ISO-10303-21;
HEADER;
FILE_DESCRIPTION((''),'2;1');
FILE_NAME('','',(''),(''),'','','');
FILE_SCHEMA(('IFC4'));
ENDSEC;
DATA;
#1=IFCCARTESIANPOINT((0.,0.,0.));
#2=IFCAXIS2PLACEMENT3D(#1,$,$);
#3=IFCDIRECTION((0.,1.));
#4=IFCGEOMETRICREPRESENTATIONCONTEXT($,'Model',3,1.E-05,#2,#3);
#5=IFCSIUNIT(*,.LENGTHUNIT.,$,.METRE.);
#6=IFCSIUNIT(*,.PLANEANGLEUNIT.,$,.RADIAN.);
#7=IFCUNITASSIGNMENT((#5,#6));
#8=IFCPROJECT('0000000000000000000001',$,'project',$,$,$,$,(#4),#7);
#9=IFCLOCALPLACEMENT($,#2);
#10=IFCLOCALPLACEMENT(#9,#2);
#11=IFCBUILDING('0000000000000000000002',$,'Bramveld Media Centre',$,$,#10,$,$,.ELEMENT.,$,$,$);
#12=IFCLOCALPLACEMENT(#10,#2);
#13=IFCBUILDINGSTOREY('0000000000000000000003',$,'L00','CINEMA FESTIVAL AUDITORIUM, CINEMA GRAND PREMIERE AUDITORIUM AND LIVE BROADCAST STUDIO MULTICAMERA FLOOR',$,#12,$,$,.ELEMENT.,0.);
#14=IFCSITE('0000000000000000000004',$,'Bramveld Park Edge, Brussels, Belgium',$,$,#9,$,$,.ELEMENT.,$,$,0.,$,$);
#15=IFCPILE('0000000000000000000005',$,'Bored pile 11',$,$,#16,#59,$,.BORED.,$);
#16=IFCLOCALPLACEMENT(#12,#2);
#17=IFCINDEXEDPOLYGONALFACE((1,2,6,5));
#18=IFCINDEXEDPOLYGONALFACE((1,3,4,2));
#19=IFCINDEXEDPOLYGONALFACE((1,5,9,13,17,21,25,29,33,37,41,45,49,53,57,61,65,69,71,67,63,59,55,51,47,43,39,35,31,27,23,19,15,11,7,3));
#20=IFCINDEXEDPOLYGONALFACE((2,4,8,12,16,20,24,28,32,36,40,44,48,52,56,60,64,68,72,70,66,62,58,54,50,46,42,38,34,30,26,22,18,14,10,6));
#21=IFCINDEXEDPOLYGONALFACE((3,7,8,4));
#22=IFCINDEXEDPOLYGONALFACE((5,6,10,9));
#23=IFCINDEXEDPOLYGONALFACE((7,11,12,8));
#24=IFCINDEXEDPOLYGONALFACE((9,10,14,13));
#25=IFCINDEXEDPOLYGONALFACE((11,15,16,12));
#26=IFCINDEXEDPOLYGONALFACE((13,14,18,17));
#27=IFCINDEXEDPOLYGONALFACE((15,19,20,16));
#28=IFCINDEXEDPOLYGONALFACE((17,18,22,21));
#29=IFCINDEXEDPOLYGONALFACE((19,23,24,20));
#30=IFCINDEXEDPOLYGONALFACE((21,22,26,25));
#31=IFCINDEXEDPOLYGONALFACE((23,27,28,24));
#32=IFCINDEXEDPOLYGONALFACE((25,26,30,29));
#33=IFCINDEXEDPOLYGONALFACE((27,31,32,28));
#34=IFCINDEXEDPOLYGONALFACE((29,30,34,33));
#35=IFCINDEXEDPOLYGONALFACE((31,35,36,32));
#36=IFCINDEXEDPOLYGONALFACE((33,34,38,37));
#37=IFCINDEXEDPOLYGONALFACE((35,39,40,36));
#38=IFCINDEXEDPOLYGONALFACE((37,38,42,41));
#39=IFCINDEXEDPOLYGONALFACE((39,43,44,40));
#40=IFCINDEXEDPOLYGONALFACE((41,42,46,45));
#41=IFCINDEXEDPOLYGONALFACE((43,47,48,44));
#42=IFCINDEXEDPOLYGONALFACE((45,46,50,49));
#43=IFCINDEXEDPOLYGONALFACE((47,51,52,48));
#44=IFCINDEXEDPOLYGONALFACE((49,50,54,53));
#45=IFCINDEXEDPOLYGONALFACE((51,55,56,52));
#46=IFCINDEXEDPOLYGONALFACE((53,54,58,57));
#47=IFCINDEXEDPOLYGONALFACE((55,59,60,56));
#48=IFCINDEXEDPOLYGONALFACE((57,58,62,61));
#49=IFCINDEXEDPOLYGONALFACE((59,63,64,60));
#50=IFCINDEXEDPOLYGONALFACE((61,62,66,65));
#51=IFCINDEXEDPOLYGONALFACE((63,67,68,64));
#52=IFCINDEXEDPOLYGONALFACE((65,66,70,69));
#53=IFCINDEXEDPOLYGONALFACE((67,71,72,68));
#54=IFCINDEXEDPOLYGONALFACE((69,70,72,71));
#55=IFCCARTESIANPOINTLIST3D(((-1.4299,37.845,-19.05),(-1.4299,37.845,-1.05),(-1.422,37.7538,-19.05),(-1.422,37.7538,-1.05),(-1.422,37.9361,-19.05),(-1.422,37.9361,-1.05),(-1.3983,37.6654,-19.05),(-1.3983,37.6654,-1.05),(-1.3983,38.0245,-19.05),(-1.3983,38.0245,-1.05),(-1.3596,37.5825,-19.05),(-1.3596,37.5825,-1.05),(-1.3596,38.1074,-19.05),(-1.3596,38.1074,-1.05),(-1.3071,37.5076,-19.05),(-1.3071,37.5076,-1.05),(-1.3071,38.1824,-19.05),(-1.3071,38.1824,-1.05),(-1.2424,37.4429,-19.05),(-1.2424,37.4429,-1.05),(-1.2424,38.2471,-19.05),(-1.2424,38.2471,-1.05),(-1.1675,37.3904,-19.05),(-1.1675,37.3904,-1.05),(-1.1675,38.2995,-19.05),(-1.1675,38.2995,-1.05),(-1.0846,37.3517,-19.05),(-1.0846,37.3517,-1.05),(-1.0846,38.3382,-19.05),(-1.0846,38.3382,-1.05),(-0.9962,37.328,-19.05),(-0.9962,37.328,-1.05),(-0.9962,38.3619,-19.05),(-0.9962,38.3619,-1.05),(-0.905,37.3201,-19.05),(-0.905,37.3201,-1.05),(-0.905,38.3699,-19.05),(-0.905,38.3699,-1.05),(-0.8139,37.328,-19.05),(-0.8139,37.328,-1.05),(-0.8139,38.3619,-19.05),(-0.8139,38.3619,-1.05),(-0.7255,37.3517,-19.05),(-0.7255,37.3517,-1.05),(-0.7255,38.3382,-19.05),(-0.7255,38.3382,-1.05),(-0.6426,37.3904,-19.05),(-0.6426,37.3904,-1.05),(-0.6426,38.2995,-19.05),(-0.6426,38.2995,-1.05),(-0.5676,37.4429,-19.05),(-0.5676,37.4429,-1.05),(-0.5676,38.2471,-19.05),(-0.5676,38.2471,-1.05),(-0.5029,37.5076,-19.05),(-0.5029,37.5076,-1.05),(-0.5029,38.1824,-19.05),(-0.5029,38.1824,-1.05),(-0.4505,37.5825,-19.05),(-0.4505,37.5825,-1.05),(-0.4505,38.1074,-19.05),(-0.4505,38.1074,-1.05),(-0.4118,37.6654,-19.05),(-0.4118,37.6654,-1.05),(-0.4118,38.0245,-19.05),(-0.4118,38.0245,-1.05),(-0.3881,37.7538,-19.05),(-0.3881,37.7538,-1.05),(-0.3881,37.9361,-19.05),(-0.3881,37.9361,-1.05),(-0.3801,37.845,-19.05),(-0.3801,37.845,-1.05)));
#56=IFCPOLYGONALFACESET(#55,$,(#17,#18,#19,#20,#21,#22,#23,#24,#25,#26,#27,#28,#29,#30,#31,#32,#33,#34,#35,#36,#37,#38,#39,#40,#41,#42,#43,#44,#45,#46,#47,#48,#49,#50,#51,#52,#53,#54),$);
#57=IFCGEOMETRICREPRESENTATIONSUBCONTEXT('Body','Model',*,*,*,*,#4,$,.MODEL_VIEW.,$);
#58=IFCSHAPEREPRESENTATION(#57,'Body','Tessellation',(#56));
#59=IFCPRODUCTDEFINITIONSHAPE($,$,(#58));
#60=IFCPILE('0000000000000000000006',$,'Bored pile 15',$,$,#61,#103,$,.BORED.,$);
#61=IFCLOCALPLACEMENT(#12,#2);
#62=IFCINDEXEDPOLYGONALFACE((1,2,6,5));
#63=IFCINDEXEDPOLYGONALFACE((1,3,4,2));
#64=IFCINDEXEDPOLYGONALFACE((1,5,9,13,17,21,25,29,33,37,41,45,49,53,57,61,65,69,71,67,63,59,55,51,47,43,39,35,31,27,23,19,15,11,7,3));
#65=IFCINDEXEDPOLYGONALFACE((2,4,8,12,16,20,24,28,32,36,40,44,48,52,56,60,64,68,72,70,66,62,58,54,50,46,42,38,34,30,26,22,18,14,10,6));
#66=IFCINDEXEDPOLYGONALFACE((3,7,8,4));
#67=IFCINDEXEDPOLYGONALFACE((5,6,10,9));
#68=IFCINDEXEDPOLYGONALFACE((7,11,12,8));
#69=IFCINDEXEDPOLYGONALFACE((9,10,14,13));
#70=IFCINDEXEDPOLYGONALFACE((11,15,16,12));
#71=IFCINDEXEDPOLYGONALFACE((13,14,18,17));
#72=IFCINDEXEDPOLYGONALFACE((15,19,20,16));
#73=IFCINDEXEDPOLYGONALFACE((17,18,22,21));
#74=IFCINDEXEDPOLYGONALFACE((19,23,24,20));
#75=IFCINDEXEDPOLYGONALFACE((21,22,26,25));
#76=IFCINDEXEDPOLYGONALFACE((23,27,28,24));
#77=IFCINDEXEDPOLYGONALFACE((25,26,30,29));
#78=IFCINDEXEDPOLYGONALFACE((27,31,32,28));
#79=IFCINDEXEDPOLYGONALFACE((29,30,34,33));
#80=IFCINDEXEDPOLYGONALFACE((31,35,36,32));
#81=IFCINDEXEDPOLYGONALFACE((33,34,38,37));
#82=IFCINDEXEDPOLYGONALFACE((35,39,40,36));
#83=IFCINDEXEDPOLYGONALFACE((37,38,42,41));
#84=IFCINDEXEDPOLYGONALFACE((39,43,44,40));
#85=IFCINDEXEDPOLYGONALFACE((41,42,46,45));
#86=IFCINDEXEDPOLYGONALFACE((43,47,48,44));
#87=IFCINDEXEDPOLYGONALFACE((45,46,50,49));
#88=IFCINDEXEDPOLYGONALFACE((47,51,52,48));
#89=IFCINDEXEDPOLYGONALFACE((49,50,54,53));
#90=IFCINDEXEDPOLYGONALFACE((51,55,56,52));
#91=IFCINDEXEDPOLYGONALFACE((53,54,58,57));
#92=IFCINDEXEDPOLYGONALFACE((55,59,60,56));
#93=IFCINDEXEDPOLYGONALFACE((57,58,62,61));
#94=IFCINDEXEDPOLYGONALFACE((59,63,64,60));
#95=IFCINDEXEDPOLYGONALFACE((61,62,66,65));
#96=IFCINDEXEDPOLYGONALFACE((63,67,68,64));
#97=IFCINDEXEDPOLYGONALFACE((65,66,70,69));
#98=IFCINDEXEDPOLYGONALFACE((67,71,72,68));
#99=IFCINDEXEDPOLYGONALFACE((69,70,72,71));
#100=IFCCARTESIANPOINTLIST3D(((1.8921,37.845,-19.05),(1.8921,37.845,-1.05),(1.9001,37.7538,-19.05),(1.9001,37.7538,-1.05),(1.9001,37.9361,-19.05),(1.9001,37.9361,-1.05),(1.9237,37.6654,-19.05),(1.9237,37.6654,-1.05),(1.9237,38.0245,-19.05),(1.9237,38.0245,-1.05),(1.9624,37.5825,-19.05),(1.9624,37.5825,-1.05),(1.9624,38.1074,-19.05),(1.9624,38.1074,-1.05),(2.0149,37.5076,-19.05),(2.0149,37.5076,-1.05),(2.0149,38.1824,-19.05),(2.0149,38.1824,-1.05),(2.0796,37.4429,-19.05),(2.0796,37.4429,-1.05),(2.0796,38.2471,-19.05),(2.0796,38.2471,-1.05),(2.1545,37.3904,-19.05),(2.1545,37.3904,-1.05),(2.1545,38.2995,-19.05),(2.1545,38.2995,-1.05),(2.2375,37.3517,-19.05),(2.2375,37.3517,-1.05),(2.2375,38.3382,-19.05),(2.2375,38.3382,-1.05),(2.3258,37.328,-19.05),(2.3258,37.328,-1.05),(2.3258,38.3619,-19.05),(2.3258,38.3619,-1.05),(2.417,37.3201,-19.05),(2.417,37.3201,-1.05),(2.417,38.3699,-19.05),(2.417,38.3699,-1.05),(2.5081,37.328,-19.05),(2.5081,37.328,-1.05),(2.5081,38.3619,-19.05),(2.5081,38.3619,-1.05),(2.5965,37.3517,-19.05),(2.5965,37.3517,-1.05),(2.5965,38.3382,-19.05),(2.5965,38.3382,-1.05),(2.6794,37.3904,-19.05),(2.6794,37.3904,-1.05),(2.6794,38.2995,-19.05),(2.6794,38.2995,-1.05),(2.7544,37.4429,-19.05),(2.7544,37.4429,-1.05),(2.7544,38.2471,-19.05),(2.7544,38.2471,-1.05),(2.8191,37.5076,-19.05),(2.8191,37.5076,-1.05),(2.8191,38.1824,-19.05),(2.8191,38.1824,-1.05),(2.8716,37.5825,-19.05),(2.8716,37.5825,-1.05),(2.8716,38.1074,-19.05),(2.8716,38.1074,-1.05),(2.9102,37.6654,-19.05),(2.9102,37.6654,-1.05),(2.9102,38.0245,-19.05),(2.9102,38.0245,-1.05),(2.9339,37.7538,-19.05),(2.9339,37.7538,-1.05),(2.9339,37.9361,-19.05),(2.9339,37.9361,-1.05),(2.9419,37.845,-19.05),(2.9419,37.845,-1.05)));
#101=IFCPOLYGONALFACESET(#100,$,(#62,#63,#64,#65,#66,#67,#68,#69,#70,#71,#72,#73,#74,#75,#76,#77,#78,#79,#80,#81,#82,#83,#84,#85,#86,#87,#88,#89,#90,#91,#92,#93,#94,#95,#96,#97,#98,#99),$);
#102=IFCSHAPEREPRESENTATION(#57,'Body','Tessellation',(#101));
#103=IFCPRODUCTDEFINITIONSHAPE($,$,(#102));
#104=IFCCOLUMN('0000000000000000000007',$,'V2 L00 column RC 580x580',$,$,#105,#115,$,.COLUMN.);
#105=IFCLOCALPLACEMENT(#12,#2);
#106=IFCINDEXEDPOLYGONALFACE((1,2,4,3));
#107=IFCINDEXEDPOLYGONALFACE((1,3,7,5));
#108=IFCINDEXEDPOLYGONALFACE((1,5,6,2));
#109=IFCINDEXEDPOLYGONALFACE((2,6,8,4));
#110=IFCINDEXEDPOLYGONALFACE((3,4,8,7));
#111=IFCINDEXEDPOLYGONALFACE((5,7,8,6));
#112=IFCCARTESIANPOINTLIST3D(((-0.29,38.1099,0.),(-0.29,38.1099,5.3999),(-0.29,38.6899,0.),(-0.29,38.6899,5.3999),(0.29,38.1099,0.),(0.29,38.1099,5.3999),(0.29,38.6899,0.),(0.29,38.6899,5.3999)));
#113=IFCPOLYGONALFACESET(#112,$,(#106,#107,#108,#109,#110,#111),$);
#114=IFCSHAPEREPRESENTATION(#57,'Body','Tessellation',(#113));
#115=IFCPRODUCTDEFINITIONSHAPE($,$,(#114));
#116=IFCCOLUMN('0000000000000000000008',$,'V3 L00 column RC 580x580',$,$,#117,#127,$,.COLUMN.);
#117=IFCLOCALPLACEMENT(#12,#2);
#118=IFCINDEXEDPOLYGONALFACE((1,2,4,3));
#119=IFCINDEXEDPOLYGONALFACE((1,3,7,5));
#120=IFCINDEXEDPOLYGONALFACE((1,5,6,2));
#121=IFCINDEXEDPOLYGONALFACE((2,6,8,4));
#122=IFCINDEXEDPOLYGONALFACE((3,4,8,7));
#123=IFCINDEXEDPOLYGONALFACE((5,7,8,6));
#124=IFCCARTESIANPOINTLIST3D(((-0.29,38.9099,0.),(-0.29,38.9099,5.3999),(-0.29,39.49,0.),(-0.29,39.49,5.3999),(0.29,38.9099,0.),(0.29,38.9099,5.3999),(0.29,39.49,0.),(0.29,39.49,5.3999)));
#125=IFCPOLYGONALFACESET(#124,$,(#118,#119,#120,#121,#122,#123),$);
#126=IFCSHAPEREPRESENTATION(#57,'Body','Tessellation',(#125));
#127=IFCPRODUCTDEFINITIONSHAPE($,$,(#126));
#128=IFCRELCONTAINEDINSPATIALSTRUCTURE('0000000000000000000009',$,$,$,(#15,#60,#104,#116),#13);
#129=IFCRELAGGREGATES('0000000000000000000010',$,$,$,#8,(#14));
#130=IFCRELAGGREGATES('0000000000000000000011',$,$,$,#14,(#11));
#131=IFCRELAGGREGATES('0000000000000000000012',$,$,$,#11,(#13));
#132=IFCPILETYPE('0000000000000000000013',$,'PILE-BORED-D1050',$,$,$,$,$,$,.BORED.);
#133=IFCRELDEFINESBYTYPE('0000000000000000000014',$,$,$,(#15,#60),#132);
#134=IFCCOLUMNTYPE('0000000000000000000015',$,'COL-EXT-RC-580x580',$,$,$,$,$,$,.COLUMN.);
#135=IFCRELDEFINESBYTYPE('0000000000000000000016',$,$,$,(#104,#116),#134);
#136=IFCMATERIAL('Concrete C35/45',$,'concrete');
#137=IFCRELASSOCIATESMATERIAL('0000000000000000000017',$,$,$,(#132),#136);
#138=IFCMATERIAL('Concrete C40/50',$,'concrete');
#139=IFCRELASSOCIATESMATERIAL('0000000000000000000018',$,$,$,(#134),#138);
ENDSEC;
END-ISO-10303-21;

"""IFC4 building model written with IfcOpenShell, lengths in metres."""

from ifc_helpers import new_model, si_unit, direction, frame, origin, origin_2d, place, context, subcontext, project, spatial, rectangle, circle, extrude, material, material_profile, profile_set, type_object, element, save


model = new_model("IFC4")

# Units and contexts
model_context = context("Model", 3, precision=1e-05, world=origin(), true_north=direction((0.0, 1.0)))
body_context = subcontext(model_context, "Body", "Model", "MODEL_VIEW")
ifc_project = project(units=[si_unit("LENGTHUNIT", "METRE"), si_unit("PLANEANGLEUNIT", "RADIAN")], contexts=[model_context])

# Site, building, storey
site_placement = place(None, origin())
site = spatial("IfcSite", under=ifc_project, at=site_placement, Name="Bramveld Park Edge, Brussels, Belgium", CompositionType="ELEMENT", RefElevation=0.0)
building_placement = place(site_placement, origin())
building = spatial("IfcBuilding", under=site, at=building_placement, Name="Bramveld Media Centre", CompositionType="ELEMENT")
storey_placement = place(building_placement, origin())
storey = spatial("IfcBuildingStorey", under=building, at=storey_placement, Name="L00", Description="CINEMA FESTIVAL AUDITORIUM, CINEMA GRAND PREMIERE AUDITORIUM AND LIVE BROADCAST STUDIO MULTICAMERA FLOOR", CompositionType="ELEMENT", Elevation=0.0)

# Piles
ifc_material_1 = material(Name="Concrete C35/45", Category="concrete")
ifc_material_profile_1 = material_profile(ifc_material_1, circle(Radius=0.5249, at=origin_2d()), Name="BORED D1050")
ifc_profile_set_1 = profile_set([ifc_material_profile_1], Name="Concrete C35/45")
pile_type = type_object("IfcPileType", Name="PILE-BORED-D1050", PredefinedType="BORED", material=ifc_profile_set_1)
for number, where, z_axis, x_axis, name in (
    (1, (-0.905, 37.845, -1.05), (0.0, 0.0, -1.0), (1.0, 0.0, 0.0), "Bored pile 11"),
    (2, (2.417, 37.845, -1.05), (0.0, 0.0, -1.0), (1.0, 0.0, 0.0), "Bored pile 15"),
):
    element("IfcPile", number, at=place(storey_placement, frame(where, z_axis=z_axis, x_axis=x_axis)), inside=storey, type_object=pile_type, Name=name, PredefinedType="BORED", context=body_context, shape_type="SweptSolid", body=[
        extrude(circle(Radius=0.5249, at=origin_2d()), origin(), (0.0, 0.0, 1.0), 18.0),
    ])

# Columns
ifc_material_2 = material(Name="Concrete C40/50", Category="concrete")
ifc_material_profile_2 = material_profile(ifc_material_2, rectangle(XDim=0.5801, YDim=0.5801, at=origin_2d()), Name="RC 580x580")
ifc_profile_set_2 = profile_set([ifc_material_profile_2], Name="Concrete C40/50")
column_type = type_object("IfcColumnType", Name="COL-EXT-RC-580x580", PredefinedType="COLUMN", material=ifc_profile_set_2)
for number, where, z_axis, x_axis, name in (
    (3, (0.0, 38.3999, 0.0), (0.0, 0.0, 1.0), (1.0, 0.0, 0.0), "V2 L00 column RC 580x580"),
    (4, (0.0, 39.2, 0.0), (0.0, 0.0, 1.0), (1.0, 0.0, 0.0), "V3 L00 column RC 580x580"),
):
    element("IfcColumn", number, at=place(storey_placement, frame(where, z_axis=z_axis, x_axis=x_axis)), inside=storey, type_object=column_type, Name=name, PredefinedType="COLUMN", context=body_context, shape_type="SweptSolid", body=[
        extrude(rectangle(XDim=0.5801, YDim=0.5801, at=origin_2d()), origin(), (0.0, 0.0, 1.0), 5.3999),
    ])

save(model, "model.ifc")
